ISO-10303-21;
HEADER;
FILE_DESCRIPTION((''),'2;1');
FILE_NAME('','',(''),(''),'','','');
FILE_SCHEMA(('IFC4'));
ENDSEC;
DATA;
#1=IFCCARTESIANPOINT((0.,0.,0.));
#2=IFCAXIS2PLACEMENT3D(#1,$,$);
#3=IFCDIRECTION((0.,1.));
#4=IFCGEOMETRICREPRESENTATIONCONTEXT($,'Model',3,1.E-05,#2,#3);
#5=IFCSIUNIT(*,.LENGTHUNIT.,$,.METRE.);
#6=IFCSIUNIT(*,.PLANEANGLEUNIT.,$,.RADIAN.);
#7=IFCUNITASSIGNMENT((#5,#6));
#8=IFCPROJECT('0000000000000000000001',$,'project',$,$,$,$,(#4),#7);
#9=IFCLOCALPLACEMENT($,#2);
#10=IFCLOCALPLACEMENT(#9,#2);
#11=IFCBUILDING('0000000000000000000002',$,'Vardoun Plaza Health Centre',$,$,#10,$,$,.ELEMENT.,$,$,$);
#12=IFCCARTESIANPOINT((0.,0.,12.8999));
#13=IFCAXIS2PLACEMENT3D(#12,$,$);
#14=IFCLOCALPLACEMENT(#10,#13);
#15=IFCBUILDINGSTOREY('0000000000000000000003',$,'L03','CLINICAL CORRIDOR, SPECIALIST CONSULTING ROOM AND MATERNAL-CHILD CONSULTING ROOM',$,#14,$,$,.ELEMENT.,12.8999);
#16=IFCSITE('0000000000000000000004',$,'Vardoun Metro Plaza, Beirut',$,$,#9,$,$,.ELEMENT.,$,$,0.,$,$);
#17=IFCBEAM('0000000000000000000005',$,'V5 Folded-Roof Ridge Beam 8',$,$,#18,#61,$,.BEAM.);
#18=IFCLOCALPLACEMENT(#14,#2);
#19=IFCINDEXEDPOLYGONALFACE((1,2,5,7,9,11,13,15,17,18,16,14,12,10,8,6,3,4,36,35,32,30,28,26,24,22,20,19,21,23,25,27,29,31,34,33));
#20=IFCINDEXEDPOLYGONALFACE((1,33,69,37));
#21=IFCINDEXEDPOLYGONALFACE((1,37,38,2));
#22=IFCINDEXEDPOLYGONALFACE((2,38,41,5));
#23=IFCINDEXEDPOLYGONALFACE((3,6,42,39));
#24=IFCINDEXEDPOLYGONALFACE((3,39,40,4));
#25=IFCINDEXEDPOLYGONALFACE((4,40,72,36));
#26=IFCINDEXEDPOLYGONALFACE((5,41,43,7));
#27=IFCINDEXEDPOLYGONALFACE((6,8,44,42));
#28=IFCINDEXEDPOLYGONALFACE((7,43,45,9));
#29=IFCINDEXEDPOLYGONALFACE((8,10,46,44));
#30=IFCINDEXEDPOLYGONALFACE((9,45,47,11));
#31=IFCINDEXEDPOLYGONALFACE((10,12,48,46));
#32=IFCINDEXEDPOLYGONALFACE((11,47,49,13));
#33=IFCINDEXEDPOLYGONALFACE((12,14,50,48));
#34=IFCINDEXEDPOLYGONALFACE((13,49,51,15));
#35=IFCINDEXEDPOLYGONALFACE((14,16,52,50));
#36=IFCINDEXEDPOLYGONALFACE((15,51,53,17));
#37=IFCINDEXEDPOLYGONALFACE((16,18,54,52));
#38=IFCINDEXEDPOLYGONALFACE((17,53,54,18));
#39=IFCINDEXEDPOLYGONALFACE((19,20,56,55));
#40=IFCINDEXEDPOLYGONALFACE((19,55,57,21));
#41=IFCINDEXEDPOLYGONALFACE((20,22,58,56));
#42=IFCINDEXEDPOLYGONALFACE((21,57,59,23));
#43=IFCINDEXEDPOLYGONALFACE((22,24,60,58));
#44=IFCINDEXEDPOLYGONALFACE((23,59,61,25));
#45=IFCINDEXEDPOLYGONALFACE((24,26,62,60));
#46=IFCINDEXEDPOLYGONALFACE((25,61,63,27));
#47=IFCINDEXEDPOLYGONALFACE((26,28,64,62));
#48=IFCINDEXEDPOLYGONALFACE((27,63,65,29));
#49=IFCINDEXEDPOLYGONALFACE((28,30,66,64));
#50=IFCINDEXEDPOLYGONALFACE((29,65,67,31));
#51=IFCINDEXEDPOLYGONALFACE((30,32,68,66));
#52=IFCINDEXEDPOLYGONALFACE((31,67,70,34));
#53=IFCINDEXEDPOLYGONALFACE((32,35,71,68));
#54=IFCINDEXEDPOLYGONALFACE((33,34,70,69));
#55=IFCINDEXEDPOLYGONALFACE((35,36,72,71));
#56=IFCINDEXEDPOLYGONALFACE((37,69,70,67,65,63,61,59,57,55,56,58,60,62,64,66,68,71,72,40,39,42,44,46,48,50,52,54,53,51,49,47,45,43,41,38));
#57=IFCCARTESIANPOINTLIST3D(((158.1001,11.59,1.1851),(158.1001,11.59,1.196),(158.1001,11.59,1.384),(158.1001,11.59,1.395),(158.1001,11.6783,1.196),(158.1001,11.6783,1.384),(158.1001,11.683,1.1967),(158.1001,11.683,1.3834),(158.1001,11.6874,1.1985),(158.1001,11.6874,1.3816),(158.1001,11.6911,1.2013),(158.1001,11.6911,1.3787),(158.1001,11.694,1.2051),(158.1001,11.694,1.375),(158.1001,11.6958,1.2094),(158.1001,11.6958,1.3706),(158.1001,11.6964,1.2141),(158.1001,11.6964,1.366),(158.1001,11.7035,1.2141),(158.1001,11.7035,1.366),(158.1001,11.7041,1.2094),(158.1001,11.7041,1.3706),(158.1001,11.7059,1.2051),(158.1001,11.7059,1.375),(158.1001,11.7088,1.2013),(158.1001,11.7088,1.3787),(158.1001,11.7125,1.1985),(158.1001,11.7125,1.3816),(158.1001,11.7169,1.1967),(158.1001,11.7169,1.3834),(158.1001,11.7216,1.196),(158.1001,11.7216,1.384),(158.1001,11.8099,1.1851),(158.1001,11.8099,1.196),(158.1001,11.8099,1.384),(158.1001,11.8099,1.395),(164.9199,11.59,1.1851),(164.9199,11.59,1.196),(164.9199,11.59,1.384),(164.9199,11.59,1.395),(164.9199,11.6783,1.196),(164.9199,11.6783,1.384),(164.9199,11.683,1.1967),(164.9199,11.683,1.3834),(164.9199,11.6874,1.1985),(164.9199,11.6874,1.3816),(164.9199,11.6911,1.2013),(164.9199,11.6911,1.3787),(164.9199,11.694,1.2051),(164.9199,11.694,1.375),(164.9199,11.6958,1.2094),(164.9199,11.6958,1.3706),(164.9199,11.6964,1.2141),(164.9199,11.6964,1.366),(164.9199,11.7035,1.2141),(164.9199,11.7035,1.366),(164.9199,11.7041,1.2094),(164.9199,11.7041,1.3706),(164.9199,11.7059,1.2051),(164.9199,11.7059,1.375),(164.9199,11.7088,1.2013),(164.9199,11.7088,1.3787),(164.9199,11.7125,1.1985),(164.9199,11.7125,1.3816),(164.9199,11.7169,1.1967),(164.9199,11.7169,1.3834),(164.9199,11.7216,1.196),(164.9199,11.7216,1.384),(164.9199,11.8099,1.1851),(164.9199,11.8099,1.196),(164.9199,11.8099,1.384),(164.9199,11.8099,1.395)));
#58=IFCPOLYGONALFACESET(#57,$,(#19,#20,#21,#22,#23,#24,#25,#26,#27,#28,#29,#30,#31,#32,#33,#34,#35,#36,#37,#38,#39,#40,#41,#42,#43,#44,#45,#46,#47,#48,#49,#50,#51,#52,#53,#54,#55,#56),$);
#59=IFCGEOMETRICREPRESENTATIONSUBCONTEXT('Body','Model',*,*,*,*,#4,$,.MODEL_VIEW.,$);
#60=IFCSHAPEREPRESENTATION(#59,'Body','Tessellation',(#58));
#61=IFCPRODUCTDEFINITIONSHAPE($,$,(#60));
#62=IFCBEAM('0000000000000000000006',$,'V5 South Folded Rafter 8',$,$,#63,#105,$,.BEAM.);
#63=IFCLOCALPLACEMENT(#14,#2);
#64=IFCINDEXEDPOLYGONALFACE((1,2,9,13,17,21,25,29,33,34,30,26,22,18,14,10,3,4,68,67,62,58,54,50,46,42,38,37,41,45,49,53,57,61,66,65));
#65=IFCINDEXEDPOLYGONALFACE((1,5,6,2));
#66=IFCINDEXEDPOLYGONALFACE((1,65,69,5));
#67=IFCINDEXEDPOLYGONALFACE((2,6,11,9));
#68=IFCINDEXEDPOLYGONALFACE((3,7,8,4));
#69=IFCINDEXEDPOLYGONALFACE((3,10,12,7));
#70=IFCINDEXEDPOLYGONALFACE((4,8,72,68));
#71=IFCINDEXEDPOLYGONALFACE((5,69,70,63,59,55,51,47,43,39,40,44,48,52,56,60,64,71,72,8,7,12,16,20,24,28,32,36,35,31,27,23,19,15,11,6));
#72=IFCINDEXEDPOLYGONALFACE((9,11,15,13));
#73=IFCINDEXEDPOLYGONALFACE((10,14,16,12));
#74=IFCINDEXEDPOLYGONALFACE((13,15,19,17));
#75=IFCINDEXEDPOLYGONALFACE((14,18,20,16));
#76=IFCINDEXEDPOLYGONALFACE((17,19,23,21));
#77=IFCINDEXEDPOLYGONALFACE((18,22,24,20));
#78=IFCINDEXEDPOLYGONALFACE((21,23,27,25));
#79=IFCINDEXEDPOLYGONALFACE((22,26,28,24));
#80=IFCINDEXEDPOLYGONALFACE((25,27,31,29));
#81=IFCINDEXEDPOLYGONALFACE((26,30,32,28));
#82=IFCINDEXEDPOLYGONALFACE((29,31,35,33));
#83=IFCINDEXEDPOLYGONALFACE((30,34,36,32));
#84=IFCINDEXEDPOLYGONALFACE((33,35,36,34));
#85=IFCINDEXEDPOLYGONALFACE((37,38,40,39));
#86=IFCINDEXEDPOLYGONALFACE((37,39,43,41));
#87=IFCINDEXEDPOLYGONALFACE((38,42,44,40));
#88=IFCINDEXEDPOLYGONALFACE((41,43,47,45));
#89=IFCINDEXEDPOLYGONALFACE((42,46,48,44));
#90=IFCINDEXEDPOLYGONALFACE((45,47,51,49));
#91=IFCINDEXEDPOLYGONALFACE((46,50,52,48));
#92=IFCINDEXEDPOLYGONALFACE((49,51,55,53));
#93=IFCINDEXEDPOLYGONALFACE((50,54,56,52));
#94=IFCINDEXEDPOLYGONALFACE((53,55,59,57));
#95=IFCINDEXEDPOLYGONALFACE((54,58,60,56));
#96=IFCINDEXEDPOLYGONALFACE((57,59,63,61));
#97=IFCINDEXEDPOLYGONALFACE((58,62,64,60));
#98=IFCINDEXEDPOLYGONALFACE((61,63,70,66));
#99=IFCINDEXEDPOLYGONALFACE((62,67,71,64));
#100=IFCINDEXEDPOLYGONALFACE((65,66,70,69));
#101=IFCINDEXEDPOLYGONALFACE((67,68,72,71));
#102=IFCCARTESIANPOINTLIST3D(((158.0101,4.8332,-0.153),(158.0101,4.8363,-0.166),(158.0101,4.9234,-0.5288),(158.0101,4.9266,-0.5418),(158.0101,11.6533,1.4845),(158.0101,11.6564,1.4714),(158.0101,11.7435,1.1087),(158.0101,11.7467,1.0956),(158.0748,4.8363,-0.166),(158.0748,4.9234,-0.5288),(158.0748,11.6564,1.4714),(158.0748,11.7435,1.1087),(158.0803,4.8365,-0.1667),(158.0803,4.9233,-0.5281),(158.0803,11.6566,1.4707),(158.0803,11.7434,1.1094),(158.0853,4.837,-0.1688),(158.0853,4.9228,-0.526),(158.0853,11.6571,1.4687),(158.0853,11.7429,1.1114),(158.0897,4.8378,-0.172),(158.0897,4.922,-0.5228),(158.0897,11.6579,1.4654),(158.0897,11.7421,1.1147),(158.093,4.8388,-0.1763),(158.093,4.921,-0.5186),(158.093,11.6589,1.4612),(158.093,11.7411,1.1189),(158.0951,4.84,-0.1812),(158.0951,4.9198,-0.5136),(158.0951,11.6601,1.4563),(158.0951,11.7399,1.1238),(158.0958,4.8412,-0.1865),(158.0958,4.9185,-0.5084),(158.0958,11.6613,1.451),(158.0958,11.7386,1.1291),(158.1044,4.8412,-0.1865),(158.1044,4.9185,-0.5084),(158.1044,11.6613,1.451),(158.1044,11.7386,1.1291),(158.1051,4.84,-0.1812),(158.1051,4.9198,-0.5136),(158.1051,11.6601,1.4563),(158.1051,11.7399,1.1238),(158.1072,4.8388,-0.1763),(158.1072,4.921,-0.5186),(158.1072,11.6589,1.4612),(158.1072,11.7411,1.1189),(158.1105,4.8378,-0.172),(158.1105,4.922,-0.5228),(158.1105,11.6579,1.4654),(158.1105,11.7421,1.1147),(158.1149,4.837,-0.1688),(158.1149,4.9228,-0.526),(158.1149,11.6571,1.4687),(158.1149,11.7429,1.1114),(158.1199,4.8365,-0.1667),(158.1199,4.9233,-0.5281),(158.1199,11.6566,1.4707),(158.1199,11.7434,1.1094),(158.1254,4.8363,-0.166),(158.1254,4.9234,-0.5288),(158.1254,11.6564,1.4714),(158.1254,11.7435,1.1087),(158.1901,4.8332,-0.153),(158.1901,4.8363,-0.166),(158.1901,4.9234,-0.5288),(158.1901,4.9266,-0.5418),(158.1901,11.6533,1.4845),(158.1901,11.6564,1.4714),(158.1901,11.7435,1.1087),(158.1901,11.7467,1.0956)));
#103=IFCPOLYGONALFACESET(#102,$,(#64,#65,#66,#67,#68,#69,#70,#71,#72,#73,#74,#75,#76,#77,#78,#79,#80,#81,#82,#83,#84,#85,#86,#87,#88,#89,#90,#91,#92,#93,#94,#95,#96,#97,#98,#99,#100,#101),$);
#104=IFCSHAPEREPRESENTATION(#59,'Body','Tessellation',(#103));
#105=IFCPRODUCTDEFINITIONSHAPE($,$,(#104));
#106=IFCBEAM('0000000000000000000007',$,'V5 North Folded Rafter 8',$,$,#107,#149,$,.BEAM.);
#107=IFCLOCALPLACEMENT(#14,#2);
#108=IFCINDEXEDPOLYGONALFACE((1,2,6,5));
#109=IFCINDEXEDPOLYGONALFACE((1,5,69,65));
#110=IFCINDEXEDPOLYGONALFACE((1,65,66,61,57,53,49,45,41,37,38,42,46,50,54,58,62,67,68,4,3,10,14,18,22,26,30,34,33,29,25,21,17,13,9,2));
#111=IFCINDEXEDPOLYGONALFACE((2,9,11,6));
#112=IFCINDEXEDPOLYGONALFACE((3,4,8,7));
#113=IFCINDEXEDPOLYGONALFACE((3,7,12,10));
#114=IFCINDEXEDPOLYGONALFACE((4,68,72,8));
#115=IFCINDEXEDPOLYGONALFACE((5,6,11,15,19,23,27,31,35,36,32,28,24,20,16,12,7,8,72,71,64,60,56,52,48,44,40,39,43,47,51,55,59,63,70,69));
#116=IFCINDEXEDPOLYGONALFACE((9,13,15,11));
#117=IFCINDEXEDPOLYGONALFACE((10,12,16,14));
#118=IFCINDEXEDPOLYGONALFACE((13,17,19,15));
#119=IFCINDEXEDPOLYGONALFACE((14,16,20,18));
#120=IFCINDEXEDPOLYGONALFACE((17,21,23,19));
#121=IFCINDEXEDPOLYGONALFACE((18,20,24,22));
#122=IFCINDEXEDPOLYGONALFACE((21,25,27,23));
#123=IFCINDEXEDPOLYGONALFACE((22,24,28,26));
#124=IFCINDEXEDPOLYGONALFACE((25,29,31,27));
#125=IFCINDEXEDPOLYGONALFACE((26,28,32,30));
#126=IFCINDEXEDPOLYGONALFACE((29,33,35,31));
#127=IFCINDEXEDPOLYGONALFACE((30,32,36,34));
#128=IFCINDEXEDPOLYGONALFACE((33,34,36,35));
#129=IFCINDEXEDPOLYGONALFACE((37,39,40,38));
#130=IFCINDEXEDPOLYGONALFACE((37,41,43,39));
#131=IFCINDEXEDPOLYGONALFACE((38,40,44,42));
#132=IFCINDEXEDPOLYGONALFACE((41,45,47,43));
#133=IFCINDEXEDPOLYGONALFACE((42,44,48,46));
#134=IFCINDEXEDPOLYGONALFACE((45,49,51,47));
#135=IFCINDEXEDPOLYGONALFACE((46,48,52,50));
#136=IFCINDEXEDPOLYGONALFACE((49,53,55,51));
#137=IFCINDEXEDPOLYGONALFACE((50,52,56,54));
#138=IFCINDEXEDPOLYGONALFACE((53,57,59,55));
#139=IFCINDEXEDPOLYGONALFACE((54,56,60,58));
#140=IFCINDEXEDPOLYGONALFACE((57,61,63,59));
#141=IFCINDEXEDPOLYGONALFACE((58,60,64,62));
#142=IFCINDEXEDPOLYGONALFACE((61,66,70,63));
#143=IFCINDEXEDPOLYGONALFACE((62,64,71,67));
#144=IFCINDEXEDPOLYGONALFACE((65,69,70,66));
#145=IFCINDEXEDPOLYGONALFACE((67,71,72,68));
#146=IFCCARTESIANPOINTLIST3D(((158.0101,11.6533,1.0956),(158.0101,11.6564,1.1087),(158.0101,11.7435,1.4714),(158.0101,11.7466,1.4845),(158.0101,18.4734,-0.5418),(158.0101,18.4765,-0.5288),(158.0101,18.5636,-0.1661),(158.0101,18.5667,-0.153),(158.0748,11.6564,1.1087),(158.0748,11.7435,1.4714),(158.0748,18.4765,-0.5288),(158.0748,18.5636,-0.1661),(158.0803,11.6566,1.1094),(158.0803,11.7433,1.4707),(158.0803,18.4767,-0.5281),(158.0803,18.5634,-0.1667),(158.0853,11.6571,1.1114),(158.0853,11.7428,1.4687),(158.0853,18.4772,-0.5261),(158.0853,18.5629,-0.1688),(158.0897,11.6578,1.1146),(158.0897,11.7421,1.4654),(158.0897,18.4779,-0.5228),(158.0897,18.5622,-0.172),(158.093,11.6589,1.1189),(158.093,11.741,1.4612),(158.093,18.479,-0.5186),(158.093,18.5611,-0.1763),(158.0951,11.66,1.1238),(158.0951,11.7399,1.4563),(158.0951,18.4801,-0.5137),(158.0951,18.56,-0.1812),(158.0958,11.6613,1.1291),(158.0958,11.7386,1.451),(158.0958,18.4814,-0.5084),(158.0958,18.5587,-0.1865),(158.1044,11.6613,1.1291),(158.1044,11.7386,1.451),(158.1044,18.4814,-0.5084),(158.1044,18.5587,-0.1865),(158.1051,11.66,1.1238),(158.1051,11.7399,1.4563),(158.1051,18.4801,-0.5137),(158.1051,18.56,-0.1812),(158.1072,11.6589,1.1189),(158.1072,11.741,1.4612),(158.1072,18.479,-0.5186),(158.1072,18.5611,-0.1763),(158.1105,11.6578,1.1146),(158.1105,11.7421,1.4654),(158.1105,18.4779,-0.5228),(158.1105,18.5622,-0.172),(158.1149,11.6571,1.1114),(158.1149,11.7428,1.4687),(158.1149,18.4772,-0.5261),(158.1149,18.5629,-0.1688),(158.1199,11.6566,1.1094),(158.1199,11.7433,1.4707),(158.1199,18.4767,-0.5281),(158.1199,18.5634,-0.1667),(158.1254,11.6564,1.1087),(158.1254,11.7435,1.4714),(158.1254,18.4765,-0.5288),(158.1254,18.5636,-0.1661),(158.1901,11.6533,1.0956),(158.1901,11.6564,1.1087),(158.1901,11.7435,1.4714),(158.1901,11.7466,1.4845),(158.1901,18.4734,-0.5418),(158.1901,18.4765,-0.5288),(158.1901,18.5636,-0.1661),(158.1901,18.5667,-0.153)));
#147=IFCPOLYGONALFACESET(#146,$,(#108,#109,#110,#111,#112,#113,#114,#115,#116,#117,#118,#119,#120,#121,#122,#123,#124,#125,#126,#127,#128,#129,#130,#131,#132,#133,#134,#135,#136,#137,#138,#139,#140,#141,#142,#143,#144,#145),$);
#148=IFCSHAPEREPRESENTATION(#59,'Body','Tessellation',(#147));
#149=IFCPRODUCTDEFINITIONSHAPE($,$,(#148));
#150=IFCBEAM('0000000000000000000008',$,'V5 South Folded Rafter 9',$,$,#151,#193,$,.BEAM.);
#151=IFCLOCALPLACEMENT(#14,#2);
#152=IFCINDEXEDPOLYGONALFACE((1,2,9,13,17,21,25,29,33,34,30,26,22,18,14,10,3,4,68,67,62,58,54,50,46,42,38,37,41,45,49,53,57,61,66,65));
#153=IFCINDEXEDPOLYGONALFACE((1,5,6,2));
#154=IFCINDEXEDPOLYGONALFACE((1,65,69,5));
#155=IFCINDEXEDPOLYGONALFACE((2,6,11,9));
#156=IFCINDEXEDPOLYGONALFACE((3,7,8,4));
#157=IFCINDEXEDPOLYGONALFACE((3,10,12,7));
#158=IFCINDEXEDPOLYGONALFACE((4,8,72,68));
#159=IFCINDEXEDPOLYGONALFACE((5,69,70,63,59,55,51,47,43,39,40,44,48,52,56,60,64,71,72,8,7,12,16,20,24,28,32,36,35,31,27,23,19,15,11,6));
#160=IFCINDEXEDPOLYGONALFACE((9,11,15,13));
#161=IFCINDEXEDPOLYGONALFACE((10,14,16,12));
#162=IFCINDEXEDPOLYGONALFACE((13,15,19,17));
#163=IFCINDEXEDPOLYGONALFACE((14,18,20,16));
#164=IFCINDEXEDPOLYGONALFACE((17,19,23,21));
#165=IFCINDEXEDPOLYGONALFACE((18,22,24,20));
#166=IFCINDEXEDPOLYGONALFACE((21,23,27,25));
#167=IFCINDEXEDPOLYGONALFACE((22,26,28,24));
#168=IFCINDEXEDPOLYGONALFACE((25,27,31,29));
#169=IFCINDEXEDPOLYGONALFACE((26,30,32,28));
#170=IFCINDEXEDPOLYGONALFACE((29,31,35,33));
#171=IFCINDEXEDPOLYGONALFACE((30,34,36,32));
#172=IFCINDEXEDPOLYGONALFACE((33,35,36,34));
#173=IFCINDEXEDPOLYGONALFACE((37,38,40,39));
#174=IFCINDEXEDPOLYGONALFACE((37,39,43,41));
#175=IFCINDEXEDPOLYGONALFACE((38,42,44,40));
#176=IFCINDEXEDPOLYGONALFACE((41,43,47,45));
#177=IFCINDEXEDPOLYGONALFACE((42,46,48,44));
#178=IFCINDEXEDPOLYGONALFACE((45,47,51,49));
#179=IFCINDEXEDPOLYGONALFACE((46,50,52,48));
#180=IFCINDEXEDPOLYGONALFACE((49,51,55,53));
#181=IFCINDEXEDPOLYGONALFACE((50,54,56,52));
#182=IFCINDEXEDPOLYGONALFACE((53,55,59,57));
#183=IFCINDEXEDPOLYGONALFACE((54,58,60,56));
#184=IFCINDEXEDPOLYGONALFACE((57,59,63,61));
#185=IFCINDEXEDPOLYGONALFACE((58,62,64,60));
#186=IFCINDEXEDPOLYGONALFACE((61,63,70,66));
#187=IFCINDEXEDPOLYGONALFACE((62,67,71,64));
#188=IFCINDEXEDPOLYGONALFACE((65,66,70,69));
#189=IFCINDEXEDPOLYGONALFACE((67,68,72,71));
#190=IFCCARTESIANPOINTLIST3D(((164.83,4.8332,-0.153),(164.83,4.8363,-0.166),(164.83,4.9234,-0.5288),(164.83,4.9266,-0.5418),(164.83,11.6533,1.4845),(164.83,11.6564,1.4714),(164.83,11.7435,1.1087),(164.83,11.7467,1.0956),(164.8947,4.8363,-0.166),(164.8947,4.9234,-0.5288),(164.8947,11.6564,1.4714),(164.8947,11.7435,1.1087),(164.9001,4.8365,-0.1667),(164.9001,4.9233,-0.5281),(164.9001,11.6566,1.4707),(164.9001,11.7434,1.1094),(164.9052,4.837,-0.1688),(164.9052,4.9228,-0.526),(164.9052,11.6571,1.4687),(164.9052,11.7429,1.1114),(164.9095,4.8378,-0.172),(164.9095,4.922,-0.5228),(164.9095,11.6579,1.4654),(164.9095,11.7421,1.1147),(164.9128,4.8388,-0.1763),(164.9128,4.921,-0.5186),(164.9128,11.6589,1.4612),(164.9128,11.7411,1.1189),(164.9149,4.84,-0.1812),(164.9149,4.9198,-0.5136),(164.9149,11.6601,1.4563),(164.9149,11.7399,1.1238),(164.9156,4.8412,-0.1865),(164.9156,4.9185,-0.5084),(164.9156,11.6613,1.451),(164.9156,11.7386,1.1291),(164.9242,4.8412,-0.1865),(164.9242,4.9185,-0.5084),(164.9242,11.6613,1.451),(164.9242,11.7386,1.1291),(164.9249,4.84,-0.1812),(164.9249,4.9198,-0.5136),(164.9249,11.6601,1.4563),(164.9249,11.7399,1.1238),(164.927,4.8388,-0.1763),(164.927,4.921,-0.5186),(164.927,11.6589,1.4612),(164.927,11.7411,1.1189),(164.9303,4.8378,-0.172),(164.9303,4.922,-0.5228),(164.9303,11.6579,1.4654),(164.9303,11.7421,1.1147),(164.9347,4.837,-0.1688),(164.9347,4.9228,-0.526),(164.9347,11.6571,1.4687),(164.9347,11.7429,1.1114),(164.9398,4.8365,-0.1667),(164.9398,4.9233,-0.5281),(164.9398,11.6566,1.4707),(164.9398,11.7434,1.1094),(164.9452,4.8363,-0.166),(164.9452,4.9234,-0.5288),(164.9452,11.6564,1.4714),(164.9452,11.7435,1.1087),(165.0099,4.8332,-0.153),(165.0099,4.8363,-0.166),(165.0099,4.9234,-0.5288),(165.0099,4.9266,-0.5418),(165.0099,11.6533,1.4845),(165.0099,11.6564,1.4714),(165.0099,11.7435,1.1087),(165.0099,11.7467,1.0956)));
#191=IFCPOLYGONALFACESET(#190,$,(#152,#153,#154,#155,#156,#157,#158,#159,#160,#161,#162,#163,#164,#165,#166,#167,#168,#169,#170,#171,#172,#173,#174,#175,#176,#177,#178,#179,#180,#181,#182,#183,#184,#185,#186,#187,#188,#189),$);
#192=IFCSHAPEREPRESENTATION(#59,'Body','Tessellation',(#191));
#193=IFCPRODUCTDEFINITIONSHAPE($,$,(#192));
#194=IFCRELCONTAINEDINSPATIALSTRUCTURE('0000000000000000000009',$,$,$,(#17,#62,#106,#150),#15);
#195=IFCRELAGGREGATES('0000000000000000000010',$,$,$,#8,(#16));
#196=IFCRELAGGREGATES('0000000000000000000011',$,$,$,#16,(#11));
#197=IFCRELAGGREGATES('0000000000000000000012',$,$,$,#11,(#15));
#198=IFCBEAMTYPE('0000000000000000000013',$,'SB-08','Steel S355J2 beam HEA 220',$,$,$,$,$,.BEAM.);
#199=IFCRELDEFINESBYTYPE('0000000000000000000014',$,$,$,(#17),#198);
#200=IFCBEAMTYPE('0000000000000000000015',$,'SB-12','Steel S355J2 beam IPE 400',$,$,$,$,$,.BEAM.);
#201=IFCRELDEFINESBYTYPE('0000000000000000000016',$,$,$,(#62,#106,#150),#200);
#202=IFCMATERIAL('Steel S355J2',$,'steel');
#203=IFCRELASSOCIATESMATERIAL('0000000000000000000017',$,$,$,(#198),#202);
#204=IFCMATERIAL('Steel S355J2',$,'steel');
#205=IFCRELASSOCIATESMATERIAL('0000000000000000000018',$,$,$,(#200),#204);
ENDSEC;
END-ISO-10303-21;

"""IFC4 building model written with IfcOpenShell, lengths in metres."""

from ifc_helpers import new_model, si_unit, direction, frame, origin, origin_2d, place, context, subcontext, project, spatial, i_section, extrude, material, material_profile, profile_set, type_object, element, save


model = new_model("IFC4")

# Units and contexts
model_context = context("Model", 3, precision=1e-05, world=origin(), true_north=direction((0.0, 1.0)))
body_context = subcontext(model_context, "Body", "Model", "MODEL_VIEW")
ifc_project = project(units=[si_unit("LENGTHUNIT", "METRE"), si_unit("PLANEANGLEUNIT", "RADIAN")], contexts=[model_context])

# Site, building, storey
site_placement = place(None, origin())
site = spatial("IfcSite", under=ifc_project, at=site_placement, Name="Vardoun Metro Plaza, Beirut", CompositionType="ELEMENT", RefElevation=0.0)
building_placement = place(site_placement, origin())
building = spatial("IfcBuilding", under=site, at=building_placement, Name="Vardoun Plaza Health Centre", CompositionType="ELEMENT")
storey_placement = place(building_placement, frame((0.0, 0.0, 12.8999)))
storey = spatial("IfcBuildingStorey", under=building, at=storey_placement, Name="L03", Description="CLINICAL CORRIDOR, SPECIALIST CONSULTING ROOM AND MATERNAL-CHILD CONSULTING ROOM", CompositionType="ELEMENT", Elevation=12.8999)

# Beams
ifc_material_1 = material(Name="Steel S355J2", Category="steel")
ifc_material_profile_1 = material_profile(ifc_material_1, i_section(OverallWidth=0.22, OverallDepth=0.21, WebThickness=0.0071, FlangeThickness=0.011, FilletRadius=0.0181, at=origin_2d()), Name="HEA 220")
ifc_profile_set_1 = profile_set([ifc_material_profile_1], Name="Steel S355J2")
beam_type_1 = type_object("IfcBeamType", Name="SB-08", Description="Steel S355J2 beam HEA 220", PredefinedType="BEAM", material=ifc_profile_set_1)
beam_1_placement = place(storey_placement, frame((158.1001, 11.7, 1.29), z_axis=(1.0, 0.0, 0.0), x_axis=(0.0, 1.0, 0.0)))
element("IfcBeam", 1, at=beam_1_placement, inside=storey, type_object=beam_type_1, Name="V5 Folded-Roof Ridge Beam 8", PredefinedType="BEAM", context=body_context, shape_type="SweptSolid", body=[
    extrude(i_section(OverallWidth=0.22, OverallDepth=0.21, WebThickness=0.0071, FlangeThickness=0.011, FilletRadius=0.0181, at=origin_2d()), origin(), (0.0, 0.0, 1.0), 6.8198),
])
ifc_material_2 = material(Name="Steel S355J2", Category="steel")
ifc_material_profile_2 = material_profile(ifc_material_2, i_section(OverallWidth=0.1799, OverallDepth=0.3999, WebThickness=0.0085, FlangeThickness=0.0134, FilletRadius=0.021, at=origin_2d()), Name="IPE 400")
ifc_profile_set_2 = profile_set([ifc_material_profile_2], Name="Steel S355J2")
beam_type_2 = type_object("IfcBeamType", Name="SB-12", Description="Steel S355J2 beam IPE 400", PredefinedType="BEAM", material=ifc_profile_set_2)
for number, where, z_axis, x_axis, name in (
    (2, (158.1001, 4.8799, -0.3474), (0.0, 0.972367, 0.233459), (-1.0, 0.0, 0.0), "V5 South Folded Rafter 8"),
    (3, (158.1001, 11.7, 1.29), (0.0, 0.972367, -0.233459), (-1.0, 0.0, 0.0), "V5 North Folded Rafter 8"),
    (4, (164.9199, 4.8799, -0.3474), (0.0, 0.972367, 0.233459), (-1.0, 0.0, 0.0), "V5 South Folded Rafter 9"),
):
    element("IfcBeam", number, at=place(storey_placement, frame(where, z_axis=z_axis, x_axis=x_axis)), inside=storey, type_object=beam_type_2, Name=name, PredefinedType="BEAM", context=body_context, shape_type="SweptSolid", body=[
        extrude(i_section(OverallWidth=0.1799, OverallDepth=0.3999, WebThickness=0.0085, FlangeThickness=0.0134, FilletRadius=0.021, at=origin_2d()), origin(), (0.0, 0.0, 1.0), 7.0139),
    ])

save(model, "model.ifc")
